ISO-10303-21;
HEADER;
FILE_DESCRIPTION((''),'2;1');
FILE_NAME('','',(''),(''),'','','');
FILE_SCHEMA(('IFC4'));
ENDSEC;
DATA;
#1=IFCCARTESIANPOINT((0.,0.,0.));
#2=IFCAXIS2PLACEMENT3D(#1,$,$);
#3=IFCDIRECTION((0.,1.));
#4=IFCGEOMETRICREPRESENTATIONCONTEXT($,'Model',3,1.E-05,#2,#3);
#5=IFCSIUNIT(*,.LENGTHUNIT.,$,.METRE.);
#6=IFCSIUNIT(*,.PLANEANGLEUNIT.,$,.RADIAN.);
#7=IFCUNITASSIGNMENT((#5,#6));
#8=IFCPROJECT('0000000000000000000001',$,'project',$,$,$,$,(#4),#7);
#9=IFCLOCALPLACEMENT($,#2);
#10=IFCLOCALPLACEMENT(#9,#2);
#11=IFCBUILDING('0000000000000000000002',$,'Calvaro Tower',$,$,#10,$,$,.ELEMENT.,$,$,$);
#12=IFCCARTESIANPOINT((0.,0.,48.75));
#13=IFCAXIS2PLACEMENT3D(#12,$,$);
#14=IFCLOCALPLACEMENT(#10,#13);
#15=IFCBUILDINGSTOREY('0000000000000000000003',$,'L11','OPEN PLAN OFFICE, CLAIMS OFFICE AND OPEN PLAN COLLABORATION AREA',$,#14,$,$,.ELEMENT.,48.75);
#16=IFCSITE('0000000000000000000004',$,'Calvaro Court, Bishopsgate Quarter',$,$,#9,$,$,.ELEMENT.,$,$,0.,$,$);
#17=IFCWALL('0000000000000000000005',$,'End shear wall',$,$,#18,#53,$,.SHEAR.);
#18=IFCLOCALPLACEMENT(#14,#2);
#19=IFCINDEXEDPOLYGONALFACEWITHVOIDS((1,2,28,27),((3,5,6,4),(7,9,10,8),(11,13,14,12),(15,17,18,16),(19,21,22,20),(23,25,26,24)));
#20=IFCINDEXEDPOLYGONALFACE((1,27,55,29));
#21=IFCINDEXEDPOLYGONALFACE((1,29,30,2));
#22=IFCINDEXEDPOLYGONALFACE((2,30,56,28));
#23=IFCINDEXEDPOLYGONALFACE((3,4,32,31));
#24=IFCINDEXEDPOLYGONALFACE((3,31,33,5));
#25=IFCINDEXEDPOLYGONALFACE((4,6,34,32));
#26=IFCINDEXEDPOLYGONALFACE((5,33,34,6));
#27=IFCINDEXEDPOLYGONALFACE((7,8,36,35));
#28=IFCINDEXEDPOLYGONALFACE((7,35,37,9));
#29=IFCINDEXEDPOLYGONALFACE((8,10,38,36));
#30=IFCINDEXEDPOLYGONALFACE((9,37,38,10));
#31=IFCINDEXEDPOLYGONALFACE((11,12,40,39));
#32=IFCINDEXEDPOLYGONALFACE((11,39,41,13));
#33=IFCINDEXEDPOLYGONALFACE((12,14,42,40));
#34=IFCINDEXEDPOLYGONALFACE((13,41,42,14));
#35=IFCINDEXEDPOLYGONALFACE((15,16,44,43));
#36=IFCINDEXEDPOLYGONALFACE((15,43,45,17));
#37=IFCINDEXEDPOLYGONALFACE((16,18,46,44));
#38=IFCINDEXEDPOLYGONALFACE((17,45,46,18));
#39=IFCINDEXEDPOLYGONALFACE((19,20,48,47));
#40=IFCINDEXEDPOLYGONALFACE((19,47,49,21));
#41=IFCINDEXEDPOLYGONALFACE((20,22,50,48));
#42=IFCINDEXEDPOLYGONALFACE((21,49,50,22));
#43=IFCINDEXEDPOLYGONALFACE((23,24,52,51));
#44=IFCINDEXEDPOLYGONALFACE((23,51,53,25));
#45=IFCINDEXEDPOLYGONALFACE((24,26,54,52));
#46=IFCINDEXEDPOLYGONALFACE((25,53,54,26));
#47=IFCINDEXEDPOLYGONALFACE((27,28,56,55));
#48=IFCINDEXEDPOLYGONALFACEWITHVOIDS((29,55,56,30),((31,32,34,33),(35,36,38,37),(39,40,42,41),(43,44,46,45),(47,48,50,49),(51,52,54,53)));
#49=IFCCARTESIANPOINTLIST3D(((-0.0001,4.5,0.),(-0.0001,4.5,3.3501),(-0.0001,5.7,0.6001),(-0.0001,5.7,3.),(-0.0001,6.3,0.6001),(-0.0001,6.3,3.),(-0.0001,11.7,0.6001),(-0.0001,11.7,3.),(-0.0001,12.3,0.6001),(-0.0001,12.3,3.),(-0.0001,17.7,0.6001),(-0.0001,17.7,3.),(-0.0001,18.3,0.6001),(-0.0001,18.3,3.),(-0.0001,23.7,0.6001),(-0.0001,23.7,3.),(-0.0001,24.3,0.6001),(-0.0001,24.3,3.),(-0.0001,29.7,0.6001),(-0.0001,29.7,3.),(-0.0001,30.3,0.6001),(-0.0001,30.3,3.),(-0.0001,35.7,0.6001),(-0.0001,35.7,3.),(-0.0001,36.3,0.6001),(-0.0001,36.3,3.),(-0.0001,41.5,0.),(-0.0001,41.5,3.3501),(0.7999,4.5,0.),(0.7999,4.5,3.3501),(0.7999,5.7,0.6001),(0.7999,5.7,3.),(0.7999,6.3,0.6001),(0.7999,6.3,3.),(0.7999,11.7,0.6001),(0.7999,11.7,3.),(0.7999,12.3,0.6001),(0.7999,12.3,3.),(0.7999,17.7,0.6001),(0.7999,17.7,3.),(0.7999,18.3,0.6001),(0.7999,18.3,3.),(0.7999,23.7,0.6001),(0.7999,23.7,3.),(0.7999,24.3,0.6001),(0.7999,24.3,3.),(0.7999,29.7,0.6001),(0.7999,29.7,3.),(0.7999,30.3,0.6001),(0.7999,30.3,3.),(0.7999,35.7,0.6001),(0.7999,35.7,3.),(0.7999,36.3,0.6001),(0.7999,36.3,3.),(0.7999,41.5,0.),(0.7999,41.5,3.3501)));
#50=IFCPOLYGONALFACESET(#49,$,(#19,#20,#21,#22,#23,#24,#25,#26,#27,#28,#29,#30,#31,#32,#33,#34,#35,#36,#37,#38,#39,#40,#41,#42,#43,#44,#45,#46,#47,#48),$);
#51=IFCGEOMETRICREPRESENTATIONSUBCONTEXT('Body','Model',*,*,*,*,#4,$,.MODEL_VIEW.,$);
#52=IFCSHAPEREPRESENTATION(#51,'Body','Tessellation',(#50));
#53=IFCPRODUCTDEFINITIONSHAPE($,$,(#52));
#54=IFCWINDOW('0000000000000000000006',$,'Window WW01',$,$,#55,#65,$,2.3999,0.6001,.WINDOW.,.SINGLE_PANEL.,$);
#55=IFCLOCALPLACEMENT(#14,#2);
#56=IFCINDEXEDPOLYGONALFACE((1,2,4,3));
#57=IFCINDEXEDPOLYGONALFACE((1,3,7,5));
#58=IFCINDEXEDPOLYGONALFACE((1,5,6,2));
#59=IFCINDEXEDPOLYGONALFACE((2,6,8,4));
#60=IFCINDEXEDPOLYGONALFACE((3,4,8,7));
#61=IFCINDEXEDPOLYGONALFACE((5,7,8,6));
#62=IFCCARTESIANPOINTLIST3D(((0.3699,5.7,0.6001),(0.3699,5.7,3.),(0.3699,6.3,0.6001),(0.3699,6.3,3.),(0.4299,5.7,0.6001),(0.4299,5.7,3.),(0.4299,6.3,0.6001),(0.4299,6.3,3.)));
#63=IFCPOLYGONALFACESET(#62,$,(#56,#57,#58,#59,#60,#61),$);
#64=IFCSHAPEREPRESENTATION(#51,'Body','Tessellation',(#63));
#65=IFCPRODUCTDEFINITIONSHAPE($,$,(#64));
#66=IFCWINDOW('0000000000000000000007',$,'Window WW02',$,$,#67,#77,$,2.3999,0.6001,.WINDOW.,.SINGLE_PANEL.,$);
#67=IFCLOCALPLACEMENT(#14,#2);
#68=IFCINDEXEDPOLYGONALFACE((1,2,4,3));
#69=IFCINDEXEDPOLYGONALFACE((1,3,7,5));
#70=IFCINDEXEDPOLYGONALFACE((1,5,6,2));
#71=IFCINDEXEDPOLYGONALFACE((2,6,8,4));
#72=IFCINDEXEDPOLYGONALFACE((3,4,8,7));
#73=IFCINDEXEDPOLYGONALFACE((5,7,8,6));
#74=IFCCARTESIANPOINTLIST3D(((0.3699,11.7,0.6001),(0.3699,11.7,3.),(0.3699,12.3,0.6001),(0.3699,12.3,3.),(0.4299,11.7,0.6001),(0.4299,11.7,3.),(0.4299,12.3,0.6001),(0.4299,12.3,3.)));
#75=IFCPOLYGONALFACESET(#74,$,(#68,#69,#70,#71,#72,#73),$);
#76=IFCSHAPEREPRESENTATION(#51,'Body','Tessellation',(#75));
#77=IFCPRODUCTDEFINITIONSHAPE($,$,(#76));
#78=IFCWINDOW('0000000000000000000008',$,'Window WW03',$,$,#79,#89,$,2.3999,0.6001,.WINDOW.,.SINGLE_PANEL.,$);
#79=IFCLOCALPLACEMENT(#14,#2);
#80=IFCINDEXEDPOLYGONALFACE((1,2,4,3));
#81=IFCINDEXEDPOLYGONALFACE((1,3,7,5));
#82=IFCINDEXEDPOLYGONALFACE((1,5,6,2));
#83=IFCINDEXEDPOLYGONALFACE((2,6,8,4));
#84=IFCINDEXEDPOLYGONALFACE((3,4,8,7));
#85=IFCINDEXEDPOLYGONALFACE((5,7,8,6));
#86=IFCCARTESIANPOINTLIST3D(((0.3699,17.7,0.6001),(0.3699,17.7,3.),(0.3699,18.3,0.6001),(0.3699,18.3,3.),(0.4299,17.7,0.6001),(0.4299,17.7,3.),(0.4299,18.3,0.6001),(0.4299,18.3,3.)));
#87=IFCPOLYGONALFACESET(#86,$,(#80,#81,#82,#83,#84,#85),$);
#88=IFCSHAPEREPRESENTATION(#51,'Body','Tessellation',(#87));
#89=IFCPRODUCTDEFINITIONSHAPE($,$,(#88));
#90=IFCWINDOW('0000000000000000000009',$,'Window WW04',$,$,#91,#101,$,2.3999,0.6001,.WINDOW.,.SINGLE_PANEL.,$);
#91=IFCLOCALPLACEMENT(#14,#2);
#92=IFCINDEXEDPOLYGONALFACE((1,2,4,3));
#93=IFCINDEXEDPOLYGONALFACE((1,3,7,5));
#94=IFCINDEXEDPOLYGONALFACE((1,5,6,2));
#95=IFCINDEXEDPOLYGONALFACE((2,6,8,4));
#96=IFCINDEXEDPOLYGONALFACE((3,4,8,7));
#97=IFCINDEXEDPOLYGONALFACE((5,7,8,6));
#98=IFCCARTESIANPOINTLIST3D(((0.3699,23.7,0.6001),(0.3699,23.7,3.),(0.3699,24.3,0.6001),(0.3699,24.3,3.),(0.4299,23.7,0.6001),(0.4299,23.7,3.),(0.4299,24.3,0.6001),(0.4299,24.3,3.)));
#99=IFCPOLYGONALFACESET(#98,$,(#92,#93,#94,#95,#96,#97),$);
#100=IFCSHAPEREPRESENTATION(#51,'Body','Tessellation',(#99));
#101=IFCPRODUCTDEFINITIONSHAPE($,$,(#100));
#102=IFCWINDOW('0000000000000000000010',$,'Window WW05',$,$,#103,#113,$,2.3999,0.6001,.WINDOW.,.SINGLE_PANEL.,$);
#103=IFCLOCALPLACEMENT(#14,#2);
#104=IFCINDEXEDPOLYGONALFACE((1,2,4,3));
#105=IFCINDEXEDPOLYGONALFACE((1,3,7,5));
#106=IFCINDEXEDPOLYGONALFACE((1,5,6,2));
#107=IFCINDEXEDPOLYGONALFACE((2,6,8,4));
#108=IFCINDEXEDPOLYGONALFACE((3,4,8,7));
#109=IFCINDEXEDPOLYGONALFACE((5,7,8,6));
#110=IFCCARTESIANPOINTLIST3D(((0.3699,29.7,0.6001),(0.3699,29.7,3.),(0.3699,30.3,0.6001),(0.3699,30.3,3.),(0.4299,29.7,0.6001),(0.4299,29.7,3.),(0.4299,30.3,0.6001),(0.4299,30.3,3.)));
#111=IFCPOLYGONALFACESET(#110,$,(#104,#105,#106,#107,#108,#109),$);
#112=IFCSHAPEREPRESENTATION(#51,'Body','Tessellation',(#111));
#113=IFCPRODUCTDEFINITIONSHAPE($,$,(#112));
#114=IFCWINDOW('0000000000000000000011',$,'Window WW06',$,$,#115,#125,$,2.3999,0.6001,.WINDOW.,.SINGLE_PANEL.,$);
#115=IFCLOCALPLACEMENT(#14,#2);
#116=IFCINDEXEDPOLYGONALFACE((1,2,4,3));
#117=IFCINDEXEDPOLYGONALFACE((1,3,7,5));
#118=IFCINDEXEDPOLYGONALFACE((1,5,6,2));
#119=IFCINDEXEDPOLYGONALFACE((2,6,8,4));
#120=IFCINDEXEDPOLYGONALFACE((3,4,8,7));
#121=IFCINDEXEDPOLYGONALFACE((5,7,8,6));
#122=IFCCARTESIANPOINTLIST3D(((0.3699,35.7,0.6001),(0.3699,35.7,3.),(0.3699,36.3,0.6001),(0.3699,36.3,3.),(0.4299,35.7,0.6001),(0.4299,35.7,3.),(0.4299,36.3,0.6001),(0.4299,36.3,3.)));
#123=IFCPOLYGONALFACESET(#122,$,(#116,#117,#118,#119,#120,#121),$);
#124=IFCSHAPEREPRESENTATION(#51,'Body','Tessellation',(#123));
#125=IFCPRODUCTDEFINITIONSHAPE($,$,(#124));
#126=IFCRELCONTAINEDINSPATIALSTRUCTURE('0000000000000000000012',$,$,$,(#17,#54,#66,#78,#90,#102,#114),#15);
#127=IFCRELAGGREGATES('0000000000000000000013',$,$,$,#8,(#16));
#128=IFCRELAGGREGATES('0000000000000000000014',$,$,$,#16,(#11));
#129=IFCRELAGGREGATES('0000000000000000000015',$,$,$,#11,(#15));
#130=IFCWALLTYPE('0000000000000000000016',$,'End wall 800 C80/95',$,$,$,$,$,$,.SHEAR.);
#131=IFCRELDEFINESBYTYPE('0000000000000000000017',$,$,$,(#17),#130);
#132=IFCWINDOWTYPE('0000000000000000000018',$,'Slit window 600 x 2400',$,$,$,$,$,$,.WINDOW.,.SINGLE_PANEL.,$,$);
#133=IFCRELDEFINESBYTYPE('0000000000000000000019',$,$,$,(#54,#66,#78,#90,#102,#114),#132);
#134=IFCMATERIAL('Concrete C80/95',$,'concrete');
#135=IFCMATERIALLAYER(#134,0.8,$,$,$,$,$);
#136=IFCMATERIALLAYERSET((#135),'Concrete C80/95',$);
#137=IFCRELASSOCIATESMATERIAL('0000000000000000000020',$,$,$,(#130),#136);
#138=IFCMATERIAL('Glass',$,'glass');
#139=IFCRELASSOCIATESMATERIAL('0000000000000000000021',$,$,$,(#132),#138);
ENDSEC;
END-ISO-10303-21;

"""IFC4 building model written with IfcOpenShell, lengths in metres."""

from ifc_helpers import new_model, si_unit, direction, frame, frame_2d, origin, place, context, subcontext, project, spatial, rectangle, extrude, material, layer, layer_set, type_object, element, fill, save


model = new_model("IFC4")

# Units and contexts
model_context = context("Model", 3, precision=1e-05, world=origin(), true_north=direction((0.0, 1.0)))
body_context = subcontext(model_context, "Body", "Model", "MODEL_VIEW")
ifc_project = project(units=[si_unit("LENGTHUNIT", "METRE"), si_unit("PLANEANGLEUNIT", "RADIAN")], contexts=[model_context])

# Site, building, storey
site_placement = place(None, origin())
site = spatial("IfcSite", under=ifc_project, at=site_placement, Name="Calvaro Court, Bishopsgate Quarter", CompositionType="ELEMENT", RefElevation=0.0)
building_placement = place(site_placement, origin())
building = spatial("IfcBuilding", under=site, at=building_placement, Name="Calvaro Tower", CompositionType="ELEMENT")
storey_placement = place(building_placement, frame((0.0, 0.0, 48.75)))
storey = spatial("IfcBuildingStorey", under=building, at=storey_placement, Name="L11", Description="OPEN PLAN OFFICE, CLAIMS OFFICE AND OPEN PLAN COLLABORATION AREA", CompositionType="ELEMENT", Elevation=48.75)

# Wall, openings, windows
ifc_material_1 = material(Name="Concrete C80/95", Category="concrete")
ifc_layer_1 = layer(ifc_material_1, 0.8)
ifc_layer_set_1 = layer_set([ifc_layer_1], Name="Concrete C80/95")
wall_type = type_object("IfcWallType", Name="End wall 800 C80/95", PredefinedType="SHEAR", material=ifc_layer_set_1)
wall_placement = place(storey_placement, frame((0.3999, 4.5, 0.0), z_axis=(0.0, 0.0, 1.0), x_axis=(0.0, 1.0, 0.0)))
wall = element("IfcWall", 1, at=wall_placement, inside=storey, type_object=wall_type, Name="End shear wall", PredefinedType="SHEAR", context=body_context, shape_type="SweptSolid", body=[
    extrude(rectangle(XDim=37.0, YDim=0.8, at=frame_2d((18.5, 0.0))), origin(), (0.0, 0.0, 1.0), 3.3501),
])
opening_1_placement = place(wall_placement, frame((1.2, 0.0, 0.6001)))
opening_1 = element("IfcOpeningElement", 2, at=opening_1_placement, cuts=wall, PredefinedType="OPENING", context=body_context, shape_type="SweptSolid", body=[
    extrude(rectangle(XDim=0.6001, YDim=2.3999, at=frame_2d((0.3, 1.2))), frame((0.0, 0.4099, 0.0), z_axis=(0.0, -1.0, 0.0), x_axis=(1.0, 0.0, 0.0)), (0.0, 0.0, 1.0), 0.8201),
])
opening_2_placement = place(wall_placement, frame((7.2, 0.0, 0.6001)))
opening_2 = element("IfcOpeningElement", 3, at=opening_2_placement, cuts=wall, PredefinedType="OPENING", context=body_context, shape_type="SweptSolid", body=[
    extrude(rectangle(XDim=0.6001, YDim=2.3999, at=frame_2d((0.3, 1.2))), frame((0.0, 0.4099, 0.0), z_axis=(0.0, -1.0, 0.0), x_axis=(1.0, 0.0, 0.0)), (0.0, 0.0, 1.0), 0.8201),
])
opening_3_placement = place(wall_placement, frame((13.2, 0.0, 0.6001)))
opening_3 = element("IfcOpeningElement", 4, at=opening_3_placement, cuts=wall, PredefinedType="OPENING", context=body_context, shape_type="SweptSolid", body=[
    extrude(rectangle(XDim=0.6001, YDim=2.3999, at=frame_2d((0.3, 1.2))), frame((0.0, 0.4099, 0.0), z_axis=(0.0, -1.0, 0.0), x_axis=(1.0, 0.0, 0.0)), (0.0, 0.0, 1.0), 0.8201),
])
opening_4_placement = place(wall_placement, frame((19.2, 0.0, 0.6001)))
opening_4 = element("IfcOpeningElement", 5, at=opening_4_placement, cuts=wall, PredefinedType="OPENING", context=body_context, shape_type="SweptSolid", body=[
    extrude(rectangle(XDim=0.6001, YDim=2.3999, at=frame_2d((0.3, 1.2))), frame((0.0, 0.4099, 0.0), z_axis=(0.0, -1.0, 0.0), x_axis=(1.0, 0.0, 0.0)), (0.0, 0.0, 1.0), 0.8201),
])
opening_5_placement = place(wall_placement, frame((25.2, 0.0, 0.6001)))
opening_5 = element("IfcOpeningElement", 6, at=opening_5_placement, cuts=wall, PredefinedType="OPENING", context=body_context, shape_type="SweptSolid", body=[
    extrude(rectangle(XDim=0.6001, YDim=2.3999, at=frame_2d((0.3, 1.2))), frame((0.0, 0.4099, 0.0), z_axis=(0.0, -1.0, 0.0), x_axis=(1.0, 0.0, 0.0)), (0.0, 0.0, 1.0), 0.8201),
])
opening_6_placement = place(wall_placement, frame((31.2, 0.0, 0.6001)))
opening_6 = element("IfcOpeningElement", 7, at=opening_6_placement, cuts=wall, PredefinedType="OPENING", context=body_context, shape_type="SweptSolid", body=[
    extrude(rectangle(XDim=0.6001, YDim=2.3999, at=frame_2d((0.3, 1.2))), frame((0.0, 0.4099, 0.0), z_axis=(0.0, -1.0, 0.0), x_axis=(1.0, 0.0, 0.0)), (0.0, 0.0, 1.0), 0.8201),
])
ifc_material_2 = material(Name="Glass", Category="glass")
window_type = type_object("IfcWindowType", Name="Slit window 600 x 2400", PartitioningType="SINGLE_PANEL", PredefinedType="WINDOW", material=ifc_material_2)
window_1_placement = place(opening_1_placement, origin())
window_1 = element("IfcWindow", 8, at=window_1_placement, inside=storey, type_object=window_type, Name="Window WW01", OverallHeight=2.3999, OverallWidth=0.6001, PartitioningType="SINGLE_PANEL", PredefinedType="WINDOW", context=body_context, shape_type="SweptSolid", body=[
    extrude(rectangle(XDim=0.6001, YDim=2.3999, at=frame_2d((0.3, 1.2))), frame((0.0, 0.03, 0.0), z_axis=(0.0, -1.0, 0.0), x_axis=(1.0, 0.0, 0.0)), (0.0, 0.0, 1.0), 0.0601),
])
fill(opening_1, window_1)
window_2_placement = place(opening_2_placement, origin())
window_2 = element("IfcWindow", 9, at=window_2_placement, inside=storey, type_object=window_type, Name="Window WW02", OverallHeight=2.3999, OverallWidth=0.6001, PartitioningType="SINGLE_PANEL", PredefinedType="WINDOW", context=body_context, shape_type="SweptSolid", body=[
    extrude(rectangle(XDim=0.6001, YDim=2.3999, at=frame_2d((0.3, 1.2))), frame((0.0, 0.03, 0.0), z_axis=(0.0, -1.0, 0.0), x_axis=(1.0, 0.0, 0.0)), (0.0, 0.0, 1.0), 0.0601),
])
fill(opening_2, window_2)
window_3_placement = place(opening_3_placement, origin())
window_3 = element("IfcWindow", 10, at=window_3_placement, inside=storey, type_object=window_type, Name="Window WW03", OverallHeight=2.3999, OverallWidth=0.6001, PartitioningType="SINGLE_PANEL", PredefinedType="WINDOW", context=body_context, shape_type="SweptSolid", body=[
    extrude(rectangle(XDim=0.6001, YDim=2.3999, at=frame_2d((0.3, 1.2))), frame((0.0, 0.03, 0.0), z_axis=(0.0, -1.0, 0.0), x_axis=(1.0, 0.0, 0.0)), (0.0, 0.0, 1.0), 0.0601),
])
fill(opening_3, window_3)
window_4_placement = place(opening_4_placement, origin())
window_4 = element("IfcWindow", 11, at=window_4_placement, inside=storey, type_object=window_type, Name="Window WW04", OverallHeight=2.3999, OverallWidth=0.6001, PartitioningType="SINGLE_PANEL", PredefinedType="WINDOW", context=body_context, shape_type="SweptSolid", body=[
    extrude(rectangle(XDim=0.6001, YDim=2.3999, at=frame_2d((0.3, 1.2))), frame((0.0, 0.03, 0.0), z_axis=(0.0, -1.0, 0.0), x_axis=(1.0, 0.0, 0.0)), (0.0, 0.0, 1.0), 0.0601),
])
fill(opening_4, window_4)
window_5_placement = place(opening_5_placement, origin())
window_5 = element("IfcWindow", 12, at=window_5_placement, inside=storey, type_object=window_type, Name="Window WW05", OverallHeight=2.3999, OverallWidth=0.6001, PartitioningType="SINGLE_PANEL", PredefinedType="WINDOW", context=body_context, shape_type="SweptSolid", body=[
    extrude(rectangle(XDim=0.6001, YDim=2.3999, at=frame_2d((0.3, 1.2))), frame((0.0, 0.03, 0.0), z_axis=(0.0, -1.0, 0.0), x_axis=(1.0, 0.0, 0.0)), (0.0, 0.0, 1.0), 0.0601),
])
fill(opening_5, window_5)
window_6_placement = place(opening_6_placement, origin())
window_6 = element("IfcWindow", 13, at=window_6_placement, inside=storey, type_object=window_type, Name="Window WW06", OverallHeight=2.3999, OverallWidth=0.6001, PartitioningType="SINGLE_PANEL", PredefinedType="WINDOW", context=body_context, shape_type="SweptSolid", body=[
    extrude(rectangle(XDim=0.6001, YDim=2.3999, at=frame_2d((0.3, 1.2))), frame((0.0, 0.03, 0.0), z_axis=(0.0, -1.0, 0.0), x_axis=(1.0, 0.0, 0.0)), (0.0, 0.0, 1.0), 0.0601),
])
fill(opening_6, window_6)

save(model, "model.ifc")
